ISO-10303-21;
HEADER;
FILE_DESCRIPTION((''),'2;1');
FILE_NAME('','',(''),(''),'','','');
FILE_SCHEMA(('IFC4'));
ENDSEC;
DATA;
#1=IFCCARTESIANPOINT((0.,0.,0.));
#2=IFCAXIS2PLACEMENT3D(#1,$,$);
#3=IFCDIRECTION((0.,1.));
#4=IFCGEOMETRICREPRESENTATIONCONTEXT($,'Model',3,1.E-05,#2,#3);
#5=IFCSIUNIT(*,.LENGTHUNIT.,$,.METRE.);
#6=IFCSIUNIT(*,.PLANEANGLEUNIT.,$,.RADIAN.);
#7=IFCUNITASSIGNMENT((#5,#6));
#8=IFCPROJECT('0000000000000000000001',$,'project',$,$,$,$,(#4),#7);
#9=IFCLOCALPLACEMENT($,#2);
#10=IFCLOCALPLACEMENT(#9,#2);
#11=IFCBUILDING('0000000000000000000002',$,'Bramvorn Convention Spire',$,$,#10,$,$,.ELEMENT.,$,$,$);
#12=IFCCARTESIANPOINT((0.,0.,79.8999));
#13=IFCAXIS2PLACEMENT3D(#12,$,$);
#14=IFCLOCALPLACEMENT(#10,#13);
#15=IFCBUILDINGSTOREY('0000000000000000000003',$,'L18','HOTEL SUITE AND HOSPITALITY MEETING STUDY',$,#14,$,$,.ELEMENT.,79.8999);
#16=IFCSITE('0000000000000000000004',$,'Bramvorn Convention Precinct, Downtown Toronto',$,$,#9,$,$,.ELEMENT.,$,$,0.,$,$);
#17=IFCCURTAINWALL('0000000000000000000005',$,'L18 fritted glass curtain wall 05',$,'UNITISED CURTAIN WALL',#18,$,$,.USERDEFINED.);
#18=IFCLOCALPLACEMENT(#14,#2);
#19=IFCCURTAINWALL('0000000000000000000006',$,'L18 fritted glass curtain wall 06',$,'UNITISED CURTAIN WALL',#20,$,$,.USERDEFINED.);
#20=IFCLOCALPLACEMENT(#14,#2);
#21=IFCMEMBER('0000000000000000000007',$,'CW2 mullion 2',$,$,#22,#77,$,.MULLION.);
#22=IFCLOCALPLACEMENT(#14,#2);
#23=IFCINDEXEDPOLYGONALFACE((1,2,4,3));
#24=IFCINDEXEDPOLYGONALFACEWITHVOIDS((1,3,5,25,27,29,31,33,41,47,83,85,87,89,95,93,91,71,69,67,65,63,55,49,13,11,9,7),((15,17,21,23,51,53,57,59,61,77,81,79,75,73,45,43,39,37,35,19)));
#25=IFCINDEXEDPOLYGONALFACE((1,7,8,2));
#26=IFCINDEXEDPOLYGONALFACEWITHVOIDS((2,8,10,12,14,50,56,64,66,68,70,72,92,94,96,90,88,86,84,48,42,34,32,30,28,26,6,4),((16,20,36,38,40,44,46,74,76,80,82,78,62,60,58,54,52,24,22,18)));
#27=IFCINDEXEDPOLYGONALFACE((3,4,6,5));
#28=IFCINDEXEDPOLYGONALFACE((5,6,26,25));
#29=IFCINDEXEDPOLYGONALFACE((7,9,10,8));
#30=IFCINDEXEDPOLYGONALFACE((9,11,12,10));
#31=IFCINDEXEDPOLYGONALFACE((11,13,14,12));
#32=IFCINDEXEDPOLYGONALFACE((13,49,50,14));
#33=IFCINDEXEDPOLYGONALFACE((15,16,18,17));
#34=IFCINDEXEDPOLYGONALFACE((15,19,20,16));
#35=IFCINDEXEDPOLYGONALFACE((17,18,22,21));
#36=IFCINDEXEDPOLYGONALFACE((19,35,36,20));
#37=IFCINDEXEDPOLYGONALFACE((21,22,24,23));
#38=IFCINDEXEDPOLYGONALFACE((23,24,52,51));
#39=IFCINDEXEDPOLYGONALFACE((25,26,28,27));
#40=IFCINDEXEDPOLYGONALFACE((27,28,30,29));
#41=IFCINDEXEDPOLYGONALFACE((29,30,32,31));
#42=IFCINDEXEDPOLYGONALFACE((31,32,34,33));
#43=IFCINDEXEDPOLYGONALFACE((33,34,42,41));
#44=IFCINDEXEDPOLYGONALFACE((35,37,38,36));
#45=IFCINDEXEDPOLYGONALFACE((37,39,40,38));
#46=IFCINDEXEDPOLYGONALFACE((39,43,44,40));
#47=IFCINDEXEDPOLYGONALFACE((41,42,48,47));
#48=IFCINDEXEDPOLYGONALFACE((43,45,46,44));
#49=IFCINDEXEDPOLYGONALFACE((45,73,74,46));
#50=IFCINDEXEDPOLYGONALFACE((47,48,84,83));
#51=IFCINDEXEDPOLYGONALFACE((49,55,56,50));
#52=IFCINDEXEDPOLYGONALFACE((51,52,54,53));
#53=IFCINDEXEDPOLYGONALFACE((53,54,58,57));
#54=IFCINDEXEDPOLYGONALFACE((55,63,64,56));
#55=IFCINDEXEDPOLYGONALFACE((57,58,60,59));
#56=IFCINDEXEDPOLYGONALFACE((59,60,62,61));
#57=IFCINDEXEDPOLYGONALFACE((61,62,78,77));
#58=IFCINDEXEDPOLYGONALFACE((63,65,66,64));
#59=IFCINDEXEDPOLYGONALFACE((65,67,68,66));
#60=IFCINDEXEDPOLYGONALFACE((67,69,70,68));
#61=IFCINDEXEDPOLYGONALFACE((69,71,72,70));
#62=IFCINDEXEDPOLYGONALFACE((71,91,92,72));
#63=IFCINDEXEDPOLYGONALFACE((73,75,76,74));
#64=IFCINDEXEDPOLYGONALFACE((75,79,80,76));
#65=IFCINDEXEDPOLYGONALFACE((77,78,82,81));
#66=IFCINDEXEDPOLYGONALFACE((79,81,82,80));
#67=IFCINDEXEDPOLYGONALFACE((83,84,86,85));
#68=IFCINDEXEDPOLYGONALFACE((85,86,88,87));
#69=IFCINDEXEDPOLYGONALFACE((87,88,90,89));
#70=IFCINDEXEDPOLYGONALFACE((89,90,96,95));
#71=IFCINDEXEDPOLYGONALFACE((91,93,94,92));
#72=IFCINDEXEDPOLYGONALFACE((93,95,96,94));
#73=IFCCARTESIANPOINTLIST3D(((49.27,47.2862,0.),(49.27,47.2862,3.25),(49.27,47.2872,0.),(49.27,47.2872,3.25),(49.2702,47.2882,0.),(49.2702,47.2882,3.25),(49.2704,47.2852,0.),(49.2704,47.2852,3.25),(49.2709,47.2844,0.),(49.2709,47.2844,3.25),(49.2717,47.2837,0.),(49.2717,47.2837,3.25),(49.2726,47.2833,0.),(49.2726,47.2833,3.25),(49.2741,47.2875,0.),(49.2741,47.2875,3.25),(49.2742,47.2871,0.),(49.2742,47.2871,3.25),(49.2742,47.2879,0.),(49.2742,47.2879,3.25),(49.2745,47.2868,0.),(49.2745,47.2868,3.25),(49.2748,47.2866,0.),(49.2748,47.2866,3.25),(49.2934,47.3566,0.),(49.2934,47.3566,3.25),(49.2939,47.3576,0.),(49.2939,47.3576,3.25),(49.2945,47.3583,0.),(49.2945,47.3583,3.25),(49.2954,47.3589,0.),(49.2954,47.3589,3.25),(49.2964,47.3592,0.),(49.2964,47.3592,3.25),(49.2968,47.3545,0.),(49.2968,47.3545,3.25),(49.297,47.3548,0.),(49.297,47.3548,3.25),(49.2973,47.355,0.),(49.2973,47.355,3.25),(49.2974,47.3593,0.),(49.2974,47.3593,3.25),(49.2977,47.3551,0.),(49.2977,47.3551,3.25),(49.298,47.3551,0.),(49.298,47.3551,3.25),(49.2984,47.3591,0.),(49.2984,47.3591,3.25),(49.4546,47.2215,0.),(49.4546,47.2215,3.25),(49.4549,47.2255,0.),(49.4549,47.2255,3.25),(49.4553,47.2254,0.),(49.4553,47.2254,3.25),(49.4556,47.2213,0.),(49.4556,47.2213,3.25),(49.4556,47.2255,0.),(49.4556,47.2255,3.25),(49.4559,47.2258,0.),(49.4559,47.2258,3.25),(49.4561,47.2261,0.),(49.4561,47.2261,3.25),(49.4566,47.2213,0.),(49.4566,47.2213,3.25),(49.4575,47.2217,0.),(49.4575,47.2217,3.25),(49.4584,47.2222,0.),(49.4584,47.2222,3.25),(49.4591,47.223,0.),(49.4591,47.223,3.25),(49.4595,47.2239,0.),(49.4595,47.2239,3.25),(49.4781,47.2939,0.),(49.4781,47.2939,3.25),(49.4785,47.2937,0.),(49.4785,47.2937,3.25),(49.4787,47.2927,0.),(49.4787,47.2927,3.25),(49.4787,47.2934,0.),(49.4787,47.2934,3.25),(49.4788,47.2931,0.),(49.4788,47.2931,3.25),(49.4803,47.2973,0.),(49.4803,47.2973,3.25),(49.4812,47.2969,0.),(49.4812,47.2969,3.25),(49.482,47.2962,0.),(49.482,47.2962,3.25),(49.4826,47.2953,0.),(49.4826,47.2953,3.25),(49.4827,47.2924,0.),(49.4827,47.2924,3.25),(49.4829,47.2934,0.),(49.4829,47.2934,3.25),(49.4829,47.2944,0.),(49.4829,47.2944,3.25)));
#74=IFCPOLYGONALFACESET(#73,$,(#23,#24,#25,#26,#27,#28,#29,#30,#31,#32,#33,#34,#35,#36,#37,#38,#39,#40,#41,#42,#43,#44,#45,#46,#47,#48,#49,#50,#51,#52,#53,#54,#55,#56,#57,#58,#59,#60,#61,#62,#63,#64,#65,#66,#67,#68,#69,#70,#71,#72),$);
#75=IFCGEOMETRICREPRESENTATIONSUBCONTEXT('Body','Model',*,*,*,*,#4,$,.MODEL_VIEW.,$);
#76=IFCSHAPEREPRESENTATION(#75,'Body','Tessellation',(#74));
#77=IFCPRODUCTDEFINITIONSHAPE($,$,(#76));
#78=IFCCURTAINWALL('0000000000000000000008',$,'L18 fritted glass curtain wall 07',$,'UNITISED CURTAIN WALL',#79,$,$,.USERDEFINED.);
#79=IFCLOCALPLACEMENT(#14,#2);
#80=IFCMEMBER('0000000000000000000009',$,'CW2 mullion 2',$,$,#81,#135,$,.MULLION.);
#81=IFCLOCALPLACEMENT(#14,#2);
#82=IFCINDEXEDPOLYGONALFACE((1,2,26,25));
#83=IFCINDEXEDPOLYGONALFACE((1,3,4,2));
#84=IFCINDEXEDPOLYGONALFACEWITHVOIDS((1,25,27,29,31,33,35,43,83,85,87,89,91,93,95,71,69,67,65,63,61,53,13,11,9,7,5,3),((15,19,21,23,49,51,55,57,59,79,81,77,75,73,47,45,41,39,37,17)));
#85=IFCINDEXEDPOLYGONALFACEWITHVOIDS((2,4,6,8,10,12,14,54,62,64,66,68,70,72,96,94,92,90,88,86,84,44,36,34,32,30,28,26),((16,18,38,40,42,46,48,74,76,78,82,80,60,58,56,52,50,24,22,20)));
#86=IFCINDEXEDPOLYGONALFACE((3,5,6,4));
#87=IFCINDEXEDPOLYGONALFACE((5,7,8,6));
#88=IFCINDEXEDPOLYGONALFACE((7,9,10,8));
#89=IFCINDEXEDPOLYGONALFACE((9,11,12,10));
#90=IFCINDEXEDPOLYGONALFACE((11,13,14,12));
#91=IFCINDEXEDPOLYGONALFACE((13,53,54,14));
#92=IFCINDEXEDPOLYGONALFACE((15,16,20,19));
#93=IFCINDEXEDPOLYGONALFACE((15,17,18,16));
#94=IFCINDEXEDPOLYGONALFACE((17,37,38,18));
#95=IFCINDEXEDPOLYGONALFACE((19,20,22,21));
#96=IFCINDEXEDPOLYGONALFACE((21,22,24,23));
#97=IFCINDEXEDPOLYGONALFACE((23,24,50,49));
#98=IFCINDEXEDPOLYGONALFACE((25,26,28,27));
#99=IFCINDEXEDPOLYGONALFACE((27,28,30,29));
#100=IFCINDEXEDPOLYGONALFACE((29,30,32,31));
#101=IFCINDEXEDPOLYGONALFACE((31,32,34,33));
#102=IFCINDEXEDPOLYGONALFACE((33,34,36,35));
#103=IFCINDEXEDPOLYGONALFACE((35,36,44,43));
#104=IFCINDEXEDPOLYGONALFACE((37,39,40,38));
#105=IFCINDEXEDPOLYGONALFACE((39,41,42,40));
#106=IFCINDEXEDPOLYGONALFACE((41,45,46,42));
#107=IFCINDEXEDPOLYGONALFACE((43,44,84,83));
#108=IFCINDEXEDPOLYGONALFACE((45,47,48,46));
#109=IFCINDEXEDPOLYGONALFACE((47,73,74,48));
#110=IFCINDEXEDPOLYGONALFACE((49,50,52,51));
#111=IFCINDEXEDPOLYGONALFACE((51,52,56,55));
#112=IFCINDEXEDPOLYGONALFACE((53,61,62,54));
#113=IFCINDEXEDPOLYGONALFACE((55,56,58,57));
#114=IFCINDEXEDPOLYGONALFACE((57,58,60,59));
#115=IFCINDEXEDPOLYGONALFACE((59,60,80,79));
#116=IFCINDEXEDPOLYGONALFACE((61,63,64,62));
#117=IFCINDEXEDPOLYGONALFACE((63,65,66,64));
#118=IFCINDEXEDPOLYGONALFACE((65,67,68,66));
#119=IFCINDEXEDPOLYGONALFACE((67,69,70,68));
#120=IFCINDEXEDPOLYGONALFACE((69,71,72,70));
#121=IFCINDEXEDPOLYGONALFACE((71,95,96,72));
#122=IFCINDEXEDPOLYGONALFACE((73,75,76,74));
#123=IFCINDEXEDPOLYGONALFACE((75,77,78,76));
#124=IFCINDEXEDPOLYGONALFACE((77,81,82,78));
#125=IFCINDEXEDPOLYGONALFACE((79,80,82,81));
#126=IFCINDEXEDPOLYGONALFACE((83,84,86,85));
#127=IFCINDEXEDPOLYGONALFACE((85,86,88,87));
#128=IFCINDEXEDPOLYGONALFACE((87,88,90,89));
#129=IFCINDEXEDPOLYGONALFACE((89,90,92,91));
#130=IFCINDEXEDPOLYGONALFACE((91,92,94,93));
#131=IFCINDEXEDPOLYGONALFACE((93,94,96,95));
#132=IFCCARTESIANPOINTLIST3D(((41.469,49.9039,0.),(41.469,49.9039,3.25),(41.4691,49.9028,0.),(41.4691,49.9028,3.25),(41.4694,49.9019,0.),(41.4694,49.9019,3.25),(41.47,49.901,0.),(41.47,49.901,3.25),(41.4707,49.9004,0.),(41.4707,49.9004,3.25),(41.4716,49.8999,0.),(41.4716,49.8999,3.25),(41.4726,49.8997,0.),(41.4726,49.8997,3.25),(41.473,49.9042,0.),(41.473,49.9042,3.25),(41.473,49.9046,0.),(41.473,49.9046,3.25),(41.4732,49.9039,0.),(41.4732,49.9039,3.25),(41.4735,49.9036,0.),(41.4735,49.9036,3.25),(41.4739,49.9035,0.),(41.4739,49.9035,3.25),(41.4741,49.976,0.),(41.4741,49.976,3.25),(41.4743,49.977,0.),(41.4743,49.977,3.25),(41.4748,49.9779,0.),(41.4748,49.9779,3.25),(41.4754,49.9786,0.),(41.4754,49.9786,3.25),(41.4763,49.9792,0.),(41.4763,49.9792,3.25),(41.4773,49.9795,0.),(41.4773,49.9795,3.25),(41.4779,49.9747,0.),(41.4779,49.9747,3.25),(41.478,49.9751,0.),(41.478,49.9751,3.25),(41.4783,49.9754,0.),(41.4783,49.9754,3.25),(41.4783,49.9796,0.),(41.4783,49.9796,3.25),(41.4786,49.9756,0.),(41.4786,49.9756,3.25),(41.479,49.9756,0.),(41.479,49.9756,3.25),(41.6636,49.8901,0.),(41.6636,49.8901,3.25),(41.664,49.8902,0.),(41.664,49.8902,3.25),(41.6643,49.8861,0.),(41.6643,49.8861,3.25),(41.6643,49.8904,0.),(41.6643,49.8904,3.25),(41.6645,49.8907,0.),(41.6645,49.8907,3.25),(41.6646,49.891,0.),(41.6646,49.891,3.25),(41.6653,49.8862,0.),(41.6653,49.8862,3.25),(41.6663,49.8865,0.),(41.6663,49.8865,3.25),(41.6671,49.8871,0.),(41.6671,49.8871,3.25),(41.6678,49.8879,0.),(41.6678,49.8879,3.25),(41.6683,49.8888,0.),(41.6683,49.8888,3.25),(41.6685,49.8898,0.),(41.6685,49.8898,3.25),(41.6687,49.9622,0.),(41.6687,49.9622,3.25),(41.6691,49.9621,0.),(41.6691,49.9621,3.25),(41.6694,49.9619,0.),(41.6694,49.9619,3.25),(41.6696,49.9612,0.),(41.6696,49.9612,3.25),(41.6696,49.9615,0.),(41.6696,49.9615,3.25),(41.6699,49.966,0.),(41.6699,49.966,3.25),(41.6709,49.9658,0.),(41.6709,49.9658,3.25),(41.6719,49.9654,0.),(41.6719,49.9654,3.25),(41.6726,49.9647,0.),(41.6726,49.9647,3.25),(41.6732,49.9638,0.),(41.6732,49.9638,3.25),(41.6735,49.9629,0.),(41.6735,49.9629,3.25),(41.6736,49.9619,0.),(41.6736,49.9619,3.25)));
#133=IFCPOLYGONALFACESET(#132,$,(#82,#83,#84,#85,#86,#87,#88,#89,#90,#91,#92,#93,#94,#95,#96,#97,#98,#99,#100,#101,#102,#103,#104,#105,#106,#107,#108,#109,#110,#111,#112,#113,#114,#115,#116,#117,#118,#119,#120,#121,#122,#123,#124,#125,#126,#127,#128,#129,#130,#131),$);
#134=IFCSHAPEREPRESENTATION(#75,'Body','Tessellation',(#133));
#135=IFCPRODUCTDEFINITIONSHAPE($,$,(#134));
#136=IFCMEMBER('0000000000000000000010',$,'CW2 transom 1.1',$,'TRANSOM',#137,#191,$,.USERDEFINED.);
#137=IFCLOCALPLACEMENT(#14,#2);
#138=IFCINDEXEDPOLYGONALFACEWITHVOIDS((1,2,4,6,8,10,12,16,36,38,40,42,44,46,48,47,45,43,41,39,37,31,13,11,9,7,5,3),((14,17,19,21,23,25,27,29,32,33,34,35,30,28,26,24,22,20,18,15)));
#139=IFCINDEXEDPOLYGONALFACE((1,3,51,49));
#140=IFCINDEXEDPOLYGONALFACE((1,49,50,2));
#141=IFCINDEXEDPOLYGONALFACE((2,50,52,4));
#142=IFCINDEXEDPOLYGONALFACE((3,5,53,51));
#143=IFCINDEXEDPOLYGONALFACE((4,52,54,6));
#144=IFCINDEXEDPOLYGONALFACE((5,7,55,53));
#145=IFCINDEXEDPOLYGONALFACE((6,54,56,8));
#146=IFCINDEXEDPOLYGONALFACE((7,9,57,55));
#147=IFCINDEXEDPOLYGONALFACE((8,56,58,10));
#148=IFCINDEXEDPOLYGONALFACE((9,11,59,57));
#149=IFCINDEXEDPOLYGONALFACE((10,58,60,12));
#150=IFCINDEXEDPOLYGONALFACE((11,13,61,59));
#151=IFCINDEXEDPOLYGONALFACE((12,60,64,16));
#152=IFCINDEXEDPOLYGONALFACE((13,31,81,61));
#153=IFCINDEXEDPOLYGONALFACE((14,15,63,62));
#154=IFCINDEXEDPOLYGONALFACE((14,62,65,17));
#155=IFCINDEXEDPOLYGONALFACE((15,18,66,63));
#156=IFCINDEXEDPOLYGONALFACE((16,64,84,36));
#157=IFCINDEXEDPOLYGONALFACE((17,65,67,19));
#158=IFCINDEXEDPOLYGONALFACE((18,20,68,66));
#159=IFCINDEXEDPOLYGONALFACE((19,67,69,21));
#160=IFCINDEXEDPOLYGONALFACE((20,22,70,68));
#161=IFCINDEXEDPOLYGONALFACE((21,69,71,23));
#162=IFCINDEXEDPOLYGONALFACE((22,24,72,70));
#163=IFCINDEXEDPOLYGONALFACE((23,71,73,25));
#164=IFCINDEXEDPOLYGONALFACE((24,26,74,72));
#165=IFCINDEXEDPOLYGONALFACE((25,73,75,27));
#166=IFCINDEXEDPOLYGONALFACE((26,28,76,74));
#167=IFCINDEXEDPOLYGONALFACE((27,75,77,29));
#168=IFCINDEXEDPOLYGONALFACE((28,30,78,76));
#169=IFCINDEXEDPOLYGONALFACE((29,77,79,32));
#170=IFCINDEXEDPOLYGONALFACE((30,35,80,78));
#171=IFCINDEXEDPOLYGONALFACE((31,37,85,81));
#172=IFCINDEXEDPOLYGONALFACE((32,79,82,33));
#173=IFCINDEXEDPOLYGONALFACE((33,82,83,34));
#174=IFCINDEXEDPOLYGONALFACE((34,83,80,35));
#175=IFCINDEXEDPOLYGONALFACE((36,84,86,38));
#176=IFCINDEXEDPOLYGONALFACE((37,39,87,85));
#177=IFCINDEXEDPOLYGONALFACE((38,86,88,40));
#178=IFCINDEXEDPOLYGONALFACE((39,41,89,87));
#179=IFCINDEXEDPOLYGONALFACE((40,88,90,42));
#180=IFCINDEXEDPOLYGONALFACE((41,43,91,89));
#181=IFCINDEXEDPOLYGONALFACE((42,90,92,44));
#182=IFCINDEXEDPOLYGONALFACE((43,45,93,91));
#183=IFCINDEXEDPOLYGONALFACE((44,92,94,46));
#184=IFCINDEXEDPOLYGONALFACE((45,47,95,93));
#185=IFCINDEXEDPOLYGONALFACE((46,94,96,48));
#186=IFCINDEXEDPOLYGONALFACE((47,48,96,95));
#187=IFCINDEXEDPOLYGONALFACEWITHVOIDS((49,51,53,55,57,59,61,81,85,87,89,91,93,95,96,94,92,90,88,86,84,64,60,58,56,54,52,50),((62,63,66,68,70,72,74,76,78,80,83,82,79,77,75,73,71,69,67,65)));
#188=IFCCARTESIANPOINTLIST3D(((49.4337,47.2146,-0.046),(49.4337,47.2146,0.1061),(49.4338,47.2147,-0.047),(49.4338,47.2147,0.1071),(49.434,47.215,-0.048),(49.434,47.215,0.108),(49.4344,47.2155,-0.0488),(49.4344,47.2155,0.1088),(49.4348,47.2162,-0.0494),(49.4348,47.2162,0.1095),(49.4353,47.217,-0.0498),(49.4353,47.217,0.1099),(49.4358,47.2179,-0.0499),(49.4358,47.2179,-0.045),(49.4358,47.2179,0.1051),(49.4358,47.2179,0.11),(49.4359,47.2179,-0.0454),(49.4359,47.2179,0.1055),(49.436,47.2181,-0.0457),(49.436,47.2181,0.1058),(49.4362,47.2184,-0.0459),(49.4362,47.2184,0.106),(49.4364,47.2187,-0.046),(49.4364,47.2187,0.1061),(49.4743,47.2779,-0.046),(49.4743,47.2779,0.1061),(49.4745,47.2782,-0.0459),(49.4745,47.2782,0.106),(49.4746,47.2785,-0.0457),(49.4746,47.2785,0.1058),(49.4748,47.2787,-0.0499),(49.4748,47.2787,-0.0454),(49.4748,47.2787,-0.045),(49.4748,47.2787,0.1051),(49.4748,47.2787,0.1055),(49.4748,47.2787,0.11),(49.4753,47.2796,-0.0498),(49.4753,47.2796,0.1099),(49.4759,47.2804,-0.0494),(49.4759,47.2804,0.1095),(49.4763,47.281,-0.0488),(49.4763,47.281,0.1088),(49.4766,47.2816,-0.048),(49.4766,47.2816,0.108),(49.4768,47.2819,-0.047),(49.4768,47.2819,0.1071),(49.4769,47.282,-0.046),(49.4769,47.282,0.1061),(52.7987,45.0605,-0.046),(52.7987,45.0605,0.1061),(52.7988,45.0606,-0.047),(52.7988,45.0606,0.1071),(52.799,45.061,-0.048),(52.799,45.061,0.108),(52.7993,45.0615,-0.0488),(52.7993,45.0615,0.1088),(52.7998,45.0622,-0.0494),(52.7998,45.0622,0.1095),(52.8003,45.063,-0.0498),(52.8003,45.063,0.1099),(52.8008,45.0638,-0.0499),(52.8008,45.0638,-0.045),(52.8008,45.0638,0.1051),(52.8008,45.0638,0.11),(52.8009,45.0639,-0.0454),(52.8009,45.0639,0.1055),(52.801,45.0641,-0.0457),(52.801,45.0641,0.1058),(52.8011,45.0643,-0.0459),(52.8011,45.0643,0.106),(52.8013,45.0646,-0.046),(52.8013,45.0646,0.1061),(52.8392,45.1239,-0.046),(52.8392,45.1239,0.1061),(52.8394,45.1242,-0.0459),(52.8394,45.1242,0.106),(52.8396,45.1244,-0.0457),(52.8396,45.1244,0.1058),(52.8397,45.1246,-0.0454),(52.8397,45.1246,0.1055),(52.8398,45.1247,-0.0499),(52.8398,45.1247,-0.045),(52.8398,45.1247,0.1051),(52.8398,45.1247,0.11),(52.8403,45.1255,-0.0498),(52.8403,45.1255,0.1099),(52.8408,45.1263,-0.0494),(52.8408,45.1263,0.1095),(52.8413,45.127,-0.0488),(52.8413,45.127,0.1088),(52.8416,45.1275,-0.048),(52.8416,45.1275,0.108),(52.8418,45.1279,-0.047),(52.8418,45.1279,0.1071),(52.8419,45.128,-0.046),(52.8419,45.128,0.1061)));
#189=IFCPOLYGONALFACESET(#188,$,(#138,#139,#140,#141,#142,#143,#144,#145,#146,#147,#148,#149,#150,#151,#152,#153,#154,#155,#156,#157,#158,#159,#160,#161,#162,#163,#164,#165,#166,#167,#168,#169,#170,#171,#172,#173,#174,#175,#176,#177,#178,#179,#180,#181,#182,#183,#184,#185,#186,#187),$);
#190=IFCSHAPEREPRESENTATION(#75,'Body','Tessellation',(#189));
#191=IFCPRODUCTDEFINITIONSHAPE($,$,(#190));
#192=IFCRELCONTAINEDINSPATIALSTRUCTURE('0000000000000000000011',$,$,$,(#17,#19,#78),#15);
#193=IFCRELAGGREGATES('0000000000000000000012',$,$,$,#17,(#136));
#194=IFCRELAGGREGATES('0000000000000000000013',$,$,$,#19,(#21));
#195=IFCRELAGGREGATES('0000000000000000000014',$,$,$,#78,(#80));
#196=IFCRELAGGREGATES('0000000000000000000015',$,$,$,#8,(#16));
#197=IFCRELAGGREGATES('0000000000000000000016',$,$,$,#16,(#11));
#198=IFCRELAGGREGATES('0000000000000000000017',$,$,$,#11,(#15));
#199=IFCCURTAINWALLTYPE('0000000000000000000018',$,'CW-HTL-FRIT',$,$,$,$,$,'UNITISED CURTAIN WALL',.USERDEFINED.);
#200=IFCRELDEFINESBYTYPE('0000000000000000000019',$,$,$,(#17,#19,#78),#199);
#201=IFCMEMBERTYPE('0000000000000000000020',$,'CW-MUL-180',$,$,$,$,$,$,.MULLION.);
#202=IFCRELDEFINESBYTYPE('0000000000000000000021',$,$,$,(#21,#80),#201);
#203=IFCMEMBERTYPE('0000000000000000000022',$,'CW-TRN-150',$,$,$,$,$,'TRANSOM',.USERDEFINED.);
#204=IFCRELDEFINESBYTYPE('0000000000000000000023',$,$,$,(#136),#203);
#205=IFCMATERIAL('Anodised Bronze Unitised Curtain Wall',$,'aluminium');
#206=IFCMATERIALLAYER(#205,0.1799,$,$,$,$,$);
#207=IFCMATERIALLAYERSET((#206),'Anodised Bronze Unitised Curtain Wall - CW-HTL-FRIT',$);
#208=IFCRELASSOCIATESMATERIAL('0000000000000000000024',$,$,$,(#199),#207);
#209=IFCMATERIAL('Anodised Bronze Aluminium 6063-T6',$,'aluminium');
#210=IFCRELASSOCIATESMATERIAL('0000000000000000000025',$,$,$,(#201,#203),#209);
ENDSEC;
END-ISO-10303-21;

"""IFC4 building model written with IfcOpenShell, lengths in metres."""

from ifc_helpers import new_model, si_unit, direction, frame, origin, origin_2d, place, context, subcontext, project, spatial, hollow_rectangle, extrude, material, layer, layer_set, material_profile, profile_set, type_object, element, aggregate, save


model = new_model("IFC4")

# Units and contexts
model_context = context("Model", 3, precision=1e-05, world=origin(), true_north=direction((0.0, 1.0)))
body_context = subcontext(model_context, "Body", "Model", "MODEL_VIEW")
ifc_project = project(units=[si_unit("LENGTHUNIT", "METRE"), si_unit("PLANEANGLEUNIT", "RADIAN")], contexts=[model_context])

# Site, building, storey
site_placement = place(None, origin())
site = spatial("IfcSite", under=ifc_project, at=site_placement, Name="Bramvorn Convention Precinct, Downtown Toronto", CompositionType="ELEMENT", RefElevation=0.0)
building_placement = place(site_placement, origin())
building = spatial("IfcBuilding", under=site, at=building_placement, Name="Bramvorn Convention Spire", CompositionType="ELEMENT")
storey_placement = place(building_placement, frame((0.0, 0.0, 79.8999)))
storey = spatial("IfcBuildingStorey", under=building, at=storey_placement, Name="L18", Description="HOTEL SUITE AND HOSPITALITY MEETING STUDY", CompositionType="ELEMENT", Elevation=79.8999)

# Curtain wall
ifc_material_1 = material(Name="Anodised Bronze Unitised Curtain Wall", Category="aluminium")
ifc_layer_1 = layer(ifc_material_1, 0.1799)
ifc_layer_set_1 = layer_set([ifc_layer_1], Name="Anodised Bronze Unitised Curtain Wall - CW-HTL-FRIT")
curtain_wall_type = type_object("IfcCurtainWallType", Name="CW-HTL-FRIT", ElementType="UNITISED CURTAIN WALL", PredefinedType="USERDEFINED", material=ifc_layer_set_1)
curtain_wall_1_placement = place(storey_placement, origin())
curtain_wall_1 = element("IfcCurtainWall", 1, at=curtain_wall_1_placement, inside=storey, type_object=curtain_wall_type, Name="L18 fritted glass curtain wall 05", ObjectType="UNITISED CURTAIN WALL", PredefinedType="USERDEFINED")
ifc_material_2 = material(Name="Anodised Bronze Aluminium 6063-T6", Category="aluminium")
ifc_material_profile_1 = material_profile(ifc_material_2, hollow_rectangle(XDim=0.0801, YDim=0.2, WallThickness=0.0039, InnerFilletRadius=0.001, OuterFilletRadius=0.0039, at=origin_2d()))
ifc_profile_set_1 = profile_set([ifc_material_profile_1], Name="Anodised Bronze Aluminium 6063-T6 - CWM80X200")
member_type_1 = type_object("IfcMemberType", Name="CW-MUL-180", PredefinedType="MULLION", material=ifc_profile_set_1)

# Curtain wall, member
curtain_wall_2_placement = place(storey_placement, origin())
curtain_wall_2 = element("IfcCurtainWall", 2, at=curtain_wall_2_placement, inside=storey, type_object=curtain_wall_type, Name="L18 fritted glass curtain wall 06", ObjectType="UNITISED CURTAIN WALL", PredefinedType="USERDEFINED")
member_1_placement = place(storey_placement, frame((49.3765, 47.2903, 0.0), z_axis=(0.0, 0.0, 1.0), x_axis=(0.321548, 0.946893, 0.0)))
member_1 = element("IfcMember", 3, at=member_1_placement, type_object=member_type_1, Name="CW2 mullion 2", PredefinedType="MULLION", context=body_context, shape_type="SweptSolid", body=[
    extrude(hollow_rectangle(XDim=0.0801, YDim=0.2, WallThickness=0.0039, InnerFilletRadius=0.001, OuterFilletRadius=0.0039, at=origin_2d()), origin(), (0.0, 0.0, 1.0), 3.25),
])

# Curtain wall, member
curtain_wall_3_placement = place(storey_placement, origin())
curtain_wall_3 = element("IfcCurtainWall", 4, at=curtain_wall_3_placement, inside=storey, type_object=curtain_wall_type, Name="L18 fritted glass curtain wall 07", ObjectType="UNITISED CURTAIN WALL", PredefinedType="USERDEFINED")
member_2_placement = place(storey_placement, frame((41.5713, 49.9329, 0.0), z_axis=(0.0, 0.0, 1.0), x_axis=(0.070511, 0.997511, 0.0)))
member_2 = element("IfcMember", 5, at=member_2_placement, type_object=member_type_1, Name="CW2 mullion 2", PredefinedType="MULLION", context=body_context, shape_type="SweptSolid", body=[
    extrude(hollow_rectangle(XDim=0.0801, YDim=0.2, WallThickness=0.0039, InnerFilletRadius=0.001, OuterFilletRadius=0.0039, at=origin_2d()), origin(), (0.0, 0.0, 1.0), 3.25),
])

# Member
ifc_material_profile_2 = material_profile(ifc_material_2, hollow_rectangle(XDim=0.0801, YDim=0.1599, WallThickness=0.0039, InnerFilletRadius=0.001, OuterFilletRadius=0.0039, at=origin_2d()))
ifc_profile_set_2 = profile_set([ifc_material_profile_2], Name="Anodised Bronze Aluminium 6063-T6 - CWT80X160")
member_type_2 = type_object("IfcMemberType", Name="CW-TRN-150", ElementType="TRANSOM", PredefinedType="USERDEFINED", material=ifc_profile_set_2)
member_3_placement = place(storey_placement, frame((49.4553, 47.2483, 0.03), z_axis=(0.842219, -0.539135, 0.0), x_axis=(0.539135, 0.842219, 0.0)))
member_3 = element("IfcMember", 6, at=member_3_placement, type_object=member_type_2, Name="CW2 transom 1.1", ObjectType="TRANSOM", PredefinedType="USERDEFINED", context=body_context, shape_type="SweptSolid", body=[
    extrude(hollow_rectangle(XDim=0.0801, YDim=0.1599, WallThickness=0.0039, InnerFilletRadius=0.001, OuterFilletRadius=0.0039, at=origin_2d()), origin(), (0.0, 0.0, 1.0), 3.9954),
])

aggregate(curtain_wall_1, [member_3])
aggregate(curtain_wall_2, [member_1])
aggregate(curtain_wall_3, [member_2])

save(model, "model.ifc")
